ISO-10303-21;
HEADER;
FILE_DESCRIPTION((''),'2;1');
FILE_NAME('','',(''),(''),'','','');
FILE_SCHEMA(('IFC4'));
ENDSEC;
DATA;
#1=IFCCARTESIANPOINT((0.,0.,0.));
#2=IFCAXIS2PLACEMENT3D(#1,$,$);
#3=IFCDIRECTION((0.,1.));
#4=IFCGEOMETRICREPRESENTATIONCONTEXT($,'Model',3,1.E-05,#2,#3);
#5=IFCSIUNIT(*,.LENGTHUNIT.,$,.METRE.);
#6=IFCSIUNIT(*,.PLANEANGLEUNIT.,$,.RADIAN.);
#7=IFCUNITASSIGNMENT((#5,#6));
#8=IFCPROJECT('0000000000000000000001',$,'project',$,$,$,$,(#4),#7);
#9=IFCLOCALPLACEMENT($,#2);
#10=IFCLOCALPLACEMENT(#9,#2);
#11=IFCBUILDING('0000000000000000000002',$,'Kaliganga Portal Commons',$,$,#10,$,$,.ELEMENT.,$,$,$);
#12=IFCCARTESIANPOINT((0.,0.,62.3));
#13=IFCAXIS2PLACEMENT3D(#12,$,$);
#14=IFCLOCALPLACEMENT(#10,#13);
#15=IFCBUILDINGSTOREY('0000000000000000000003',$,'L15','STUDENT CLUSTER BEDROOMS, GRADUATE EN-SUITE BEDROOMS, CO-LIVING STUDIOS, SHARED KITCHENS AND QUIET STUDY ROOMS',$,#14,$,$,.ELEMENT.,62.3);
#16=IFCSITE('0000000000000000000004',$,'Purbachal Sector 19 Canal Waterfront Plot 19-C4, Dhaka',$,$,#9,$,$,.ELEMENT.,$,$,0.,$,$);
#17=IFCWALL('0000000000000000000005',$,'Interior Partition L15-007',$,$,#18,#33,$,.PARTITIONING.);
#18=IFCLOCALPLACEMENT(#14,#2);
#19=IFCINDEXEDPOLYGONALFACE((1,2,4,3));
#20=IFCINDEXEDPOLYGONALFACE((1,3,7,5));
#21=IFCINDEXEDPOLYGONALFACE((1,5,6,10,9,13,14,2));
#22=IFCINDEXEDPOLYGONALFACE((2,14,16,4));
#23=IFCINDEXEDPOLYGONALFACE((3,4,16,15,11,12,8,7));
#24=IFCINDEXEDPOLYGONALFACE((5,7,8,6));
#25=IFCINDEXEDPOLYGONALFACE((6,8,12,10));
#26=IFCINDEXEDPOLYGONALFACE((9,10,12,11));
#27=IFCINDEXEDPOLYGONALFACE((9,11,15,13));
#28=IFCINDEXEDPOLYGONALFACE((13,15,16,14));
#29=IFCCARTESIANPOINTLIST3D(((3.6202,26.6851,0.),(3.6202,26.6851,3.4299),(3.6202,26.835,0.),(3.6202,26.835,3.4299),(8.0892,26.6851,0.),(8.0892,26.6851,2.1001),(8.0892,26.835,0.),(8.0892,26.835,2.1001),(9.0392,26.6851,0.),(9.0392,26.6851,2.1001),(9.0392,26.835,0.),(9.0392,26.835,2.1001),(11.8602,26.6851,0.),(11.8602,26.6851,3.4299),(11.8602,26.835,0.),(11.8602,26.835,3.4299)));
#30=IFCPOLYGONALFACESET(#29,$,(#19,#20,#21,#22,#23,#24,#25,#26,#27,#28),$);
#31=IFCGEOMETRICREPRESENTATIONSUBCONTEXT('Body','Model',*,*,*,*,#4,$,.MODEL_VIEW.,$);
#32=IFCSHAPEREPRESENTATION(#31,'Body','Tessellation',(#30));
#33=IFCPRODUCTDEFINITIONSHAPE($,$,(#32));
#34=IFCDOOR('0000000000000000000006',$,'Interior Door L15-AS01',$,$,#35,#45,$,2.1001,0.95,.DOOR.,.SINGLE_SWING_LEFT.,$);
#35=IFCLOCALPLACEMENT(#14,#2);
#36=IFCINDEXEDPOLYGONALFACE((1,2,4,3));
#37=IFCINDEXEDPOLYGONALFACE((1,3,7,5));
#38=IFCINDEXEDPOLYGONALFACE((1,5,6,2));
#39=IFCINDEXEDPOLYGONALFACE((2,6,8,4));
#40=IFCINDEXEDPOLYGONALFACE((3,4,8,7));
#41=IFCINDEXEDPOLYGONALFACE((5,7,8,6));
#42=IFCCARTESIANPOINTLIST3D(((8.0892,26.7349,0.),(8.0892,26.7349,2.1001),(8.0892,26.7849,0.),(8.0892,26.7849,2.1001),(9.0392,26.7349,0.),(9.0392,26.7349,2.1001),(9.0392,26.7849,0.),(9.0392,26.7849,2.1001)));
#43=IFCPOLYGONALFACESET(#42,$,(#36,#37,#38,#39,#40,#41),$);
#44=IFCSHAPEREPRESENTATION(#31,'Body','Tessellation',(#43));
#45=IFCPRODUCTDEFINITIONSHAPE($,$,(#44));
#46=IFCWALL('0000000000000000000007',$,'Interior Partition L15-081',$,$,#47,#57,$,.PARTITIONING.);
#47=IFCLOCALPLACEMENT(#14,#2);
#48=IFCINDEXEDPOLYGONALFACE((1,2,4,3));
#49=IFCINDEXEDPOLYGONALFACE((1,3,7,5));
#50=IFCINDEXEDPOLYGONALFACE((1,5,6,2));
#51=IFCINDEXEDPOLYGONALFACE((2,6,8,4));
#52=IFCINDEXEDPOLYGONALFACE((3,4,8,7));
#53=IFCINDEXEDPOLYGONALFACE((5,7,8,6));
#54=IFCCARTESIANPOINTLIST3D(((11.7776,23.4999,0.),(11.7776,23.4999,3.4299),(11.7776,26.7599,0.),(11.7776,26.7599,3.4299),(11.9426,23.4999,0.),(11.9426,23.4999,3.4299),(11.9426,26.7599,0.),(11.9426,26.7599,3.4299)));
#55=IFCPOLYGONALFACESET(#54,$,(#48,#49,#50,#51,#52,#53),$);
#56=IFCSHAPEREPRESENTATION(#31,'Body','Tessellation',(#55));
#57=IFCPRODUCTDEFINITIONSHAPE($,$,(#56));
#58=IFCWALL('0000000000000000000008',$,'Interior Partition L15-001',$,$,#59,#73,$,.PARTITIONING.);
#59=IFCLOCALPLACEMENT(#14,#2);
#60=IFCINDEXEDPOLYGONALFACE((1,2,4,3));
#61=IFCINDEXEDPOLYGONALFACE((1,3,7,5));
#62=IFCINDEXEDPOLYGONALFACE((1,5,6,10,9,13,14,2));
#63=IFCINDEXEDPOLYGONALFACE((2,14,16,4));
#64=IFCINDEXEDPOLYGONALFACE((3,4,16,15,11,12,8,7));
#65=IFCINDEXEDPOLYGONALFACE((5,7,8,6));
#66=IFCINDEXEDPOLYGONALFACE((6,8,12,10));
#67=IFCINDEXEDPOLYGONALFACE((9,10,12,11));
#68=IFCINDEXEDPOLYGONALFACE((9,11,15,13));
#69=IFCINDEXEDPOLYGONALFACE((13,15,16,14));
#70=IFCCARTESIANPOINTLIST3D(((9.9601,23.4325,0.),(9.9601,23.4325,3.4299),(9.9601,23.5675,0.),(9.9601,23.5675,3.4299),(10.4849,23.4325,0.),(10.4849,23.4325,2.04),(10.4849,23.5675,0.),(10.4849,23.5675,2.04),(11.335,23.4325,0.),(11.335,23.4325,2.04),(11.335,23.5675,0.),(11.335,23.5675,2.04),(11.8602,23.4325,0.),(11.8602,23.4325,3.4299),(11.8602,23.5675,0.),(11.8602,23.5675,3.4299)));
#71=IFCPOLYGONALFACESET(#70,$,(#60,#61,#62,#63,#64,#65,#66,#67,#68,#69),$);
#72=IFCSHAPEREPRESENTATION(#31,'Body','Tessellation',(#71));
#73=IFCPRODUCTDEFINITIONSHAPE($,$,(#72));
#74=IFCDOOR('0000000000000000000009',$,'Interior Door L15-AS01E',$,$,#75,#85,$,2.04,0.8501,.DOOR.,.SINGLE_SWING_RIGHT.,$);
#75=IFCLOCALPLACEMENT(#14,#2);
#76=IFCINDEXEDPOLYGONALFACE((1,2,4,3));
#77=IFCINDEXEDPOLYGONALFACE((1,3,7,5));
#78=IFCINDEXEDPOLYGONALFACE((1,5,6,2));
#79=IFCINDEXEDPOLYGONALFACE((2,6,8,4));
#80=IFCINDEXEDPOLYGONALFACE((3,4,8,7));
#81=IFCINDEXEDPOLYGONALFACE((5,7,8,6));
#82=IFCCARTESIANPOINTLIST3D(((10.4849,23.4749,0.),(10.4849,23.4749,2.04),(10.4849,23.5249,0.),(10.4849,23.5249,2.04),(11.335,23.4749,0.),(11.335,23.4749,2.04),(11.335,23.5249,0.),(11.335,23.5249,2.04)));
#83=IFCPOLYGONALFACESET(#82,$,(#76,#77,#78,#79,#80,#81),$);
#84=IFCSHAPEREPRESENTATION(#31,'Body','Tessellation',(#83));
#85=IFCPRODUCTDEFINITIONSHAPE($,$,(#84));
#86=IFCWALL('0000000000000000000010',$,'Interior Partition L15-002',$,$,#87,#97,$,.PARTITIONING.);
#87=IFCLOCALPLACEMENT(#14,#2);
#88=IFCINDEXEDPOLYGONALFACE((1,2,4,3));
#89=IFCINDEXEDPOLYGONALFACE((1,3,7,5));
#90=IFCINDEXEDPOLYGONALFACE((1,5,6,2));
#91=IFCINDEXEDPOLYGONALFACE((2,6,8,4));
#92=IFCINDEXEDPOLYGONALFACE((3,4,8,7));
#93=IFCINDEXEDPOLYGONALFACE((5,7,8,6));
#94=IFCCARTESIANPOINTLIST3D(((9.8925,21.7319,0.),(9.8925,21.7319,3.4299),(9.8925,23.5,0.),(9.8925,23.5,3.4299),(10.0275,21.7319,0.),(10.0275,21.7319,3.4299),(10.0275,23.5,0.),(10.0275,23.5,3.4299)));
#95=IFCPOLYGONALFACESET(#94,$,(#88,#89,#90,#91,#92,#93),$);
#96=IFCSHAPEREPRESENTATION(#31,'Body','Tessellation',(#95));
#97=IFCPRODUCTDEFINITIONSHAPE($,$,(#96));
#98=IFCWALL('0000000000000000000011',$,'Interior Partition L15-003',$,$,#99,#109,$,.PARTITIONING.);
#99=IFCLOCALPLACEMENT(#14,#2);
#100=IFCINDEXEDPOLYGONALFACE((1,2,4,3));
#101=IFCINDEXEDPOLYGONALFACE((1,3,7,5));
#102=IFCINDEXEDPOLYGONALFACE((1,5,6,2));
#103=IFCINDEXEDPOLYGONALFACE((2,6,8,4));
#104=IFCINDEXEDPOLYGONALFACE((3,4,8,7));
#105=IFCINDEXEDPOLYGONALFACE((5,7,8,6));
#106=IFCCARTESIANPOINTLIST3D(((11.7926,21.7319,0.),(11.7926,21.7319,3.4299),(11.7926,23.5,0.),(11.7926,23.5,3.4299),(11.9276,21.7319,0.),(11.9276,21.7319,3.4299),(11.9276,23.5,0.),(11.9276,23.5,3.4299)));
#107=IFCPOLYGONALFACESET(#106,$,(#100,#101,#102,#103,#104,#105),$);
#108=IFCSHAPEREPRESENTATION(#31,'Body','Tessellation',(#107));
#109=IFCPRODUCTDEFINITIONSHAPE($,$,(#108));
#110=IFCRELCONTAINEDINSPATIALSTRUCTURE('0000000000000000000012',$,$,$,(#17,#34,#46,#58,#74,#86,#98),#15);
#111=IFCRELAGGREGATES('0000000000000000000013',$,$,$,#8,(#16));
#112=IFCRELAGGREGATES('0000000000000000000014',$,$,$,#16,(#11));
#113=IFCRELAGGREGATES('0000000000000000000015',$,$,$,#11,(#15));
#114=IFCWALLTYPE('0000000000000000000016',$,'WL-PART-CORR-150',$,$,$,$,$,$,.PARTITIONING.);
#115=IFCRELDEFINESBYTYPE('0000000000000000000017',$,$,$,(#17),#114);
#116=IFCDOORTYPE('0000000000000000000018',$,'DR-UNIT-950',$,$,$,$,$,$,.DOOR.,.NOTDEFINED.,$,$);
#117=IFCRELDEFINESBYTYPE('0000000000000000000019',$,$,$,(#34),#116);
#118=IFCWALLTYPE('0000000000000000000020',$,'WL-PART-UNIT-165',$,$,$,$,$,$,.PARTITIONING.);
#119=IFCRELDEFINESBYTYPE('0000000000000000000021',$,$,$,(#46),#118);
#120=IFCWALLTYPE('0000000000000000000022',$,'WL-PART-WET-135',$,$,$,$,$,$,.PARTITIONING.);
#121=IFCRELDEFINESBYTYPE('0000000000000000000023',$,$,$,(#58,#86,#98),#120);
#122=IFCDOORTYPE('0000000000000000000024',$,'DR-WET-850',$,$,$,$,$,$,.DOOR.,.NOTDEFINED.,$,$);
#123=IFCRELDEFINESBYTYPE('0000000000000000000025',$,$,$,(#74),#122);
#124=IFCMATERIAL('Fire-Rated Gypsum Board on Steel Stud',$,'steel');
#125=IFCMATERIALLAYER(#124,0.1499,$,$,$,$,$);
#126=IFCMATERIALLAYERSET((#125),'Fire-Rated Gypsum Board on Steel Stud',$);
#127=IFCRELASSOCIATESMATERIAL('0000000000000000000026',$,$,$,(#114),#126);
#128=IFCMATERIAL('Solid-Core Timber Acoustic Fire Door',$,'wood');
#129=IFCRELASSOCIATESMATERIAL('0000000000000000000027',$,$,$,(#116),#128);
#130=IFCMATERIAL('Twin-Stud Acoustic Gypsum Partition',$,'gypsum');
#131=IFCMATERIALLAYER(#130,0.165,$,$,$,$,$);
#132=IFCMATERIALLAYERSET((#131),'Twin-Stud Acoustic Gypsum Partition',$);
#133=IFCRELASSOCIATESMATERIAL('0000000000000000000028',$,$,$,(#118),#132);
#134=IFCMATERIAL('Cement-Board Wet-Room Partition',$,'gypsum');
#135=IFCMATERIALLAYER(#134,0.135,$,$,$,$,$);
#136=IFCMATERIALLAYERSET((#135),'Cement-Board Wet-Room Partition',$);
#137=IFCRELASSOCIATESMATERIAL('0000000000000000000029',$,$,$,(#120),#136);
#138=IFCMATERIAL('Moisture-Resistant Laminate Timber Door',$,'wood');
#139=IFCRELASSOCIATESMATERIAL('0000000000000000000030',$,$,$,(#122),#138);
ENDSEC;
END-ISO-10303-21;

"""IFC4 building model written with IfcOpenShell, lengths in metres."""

from ifc_helpers import new_model, si_unit, direction, frame, frame_2d, origin, place, context, subcontext, project, spatial, rectangle, extrude, material, layer, layer_set, type_object, element, fill, save


model = new_model("IFC4")

# Units and contexts
model_context = context("Model", 3, precision=1e-05, world=origin(), true_north=direction((0.0, 1.0)))
body_context = subcontext(model_context, "Body", "Model", "MODEL_VIEW")
ifc_project = project(units=[si_unit("LENGTHUNIT", "METRE"), si_unit("PLANEANGLEUNIT", "RADIAN")], contexts=[model_context])

# Site, building, storey
site_placement = place(None, origin())
site = spatial("IfcSite", under=ifc_project, at=site_placement, Name="Purbachal Sector 19 Canal Waterfront Plot 19-C4, Dhaka", CompositionType="ELEMENT", RefElevation=0.0)
building_placement = place(site_placement, origin())
building = spatial("IfcBuilding", under=site, at=building_placement, Name="Kaliganga Portal Commons", CompositionType="ELEMENT")
storey_placement = place(building_placement, frame((0.0, 0.0, 62.3)))
storey = spatial("IfcBuildingStorey", under=building, at=storey_placement, Name="L15", Description="STUDENT CLUSTER BEDROOMS, GRADUATE EN-SUITE BEDROOMS, CO-LIVING STUDIOS, SHARED KITCHENS AND QUIET STUDY ROOMS", CompositionType="ELEMENT", Elevation=62.3)

# Wall, opening, door
ifc_material_1 = material(Name="Fire-Rated Gypsum Board on Steel Stud", Category="steel")
ifc_layer_1 = layer(ifc_material_1, 0.1499)
ifc_layer_set_1 = layer_set([ifc_layer_1], Name="Fire-Rated Gypsum Board on Steel Stud")
wall_type_1 = type_object("IfcWallType", Name="WL-PART-CORR-150", PredefinedType="PARTITIONING", material=ifc_layer_set_1)
wall_1_placement = place(storey_placement, frame((3.6201, 26.76, 0.0), z_axis=(0.0, 0.0, 1.0), x_axis=(1.0, 0.0, 0.0)))
wall_1 = element("IfcWall", 1, at=wall_1_placement, inside=storey, type_object=wall_type_1, Name="Interior Partition L15-007", PredefinedType="PARTITIONING", context=body_context, shape_type="SweptSolid", body=[
    extrude(rectangle(XDim=8.24, YDim=0.1499, at=frame_2d((4.1201, 0.0))), origin(), (0.0, 0.0, 1.0), 3.4299),
])
opening_1_placement = place(wall_1_placement, frame((4.469, 0.0, 0.0)))
opening_1 = element("IfcOpeningElement", 2, at=opening_1_placement, cuts=wall_1, PredefinedType="OPENING", context=body_context, shape_type="SweptSolid", body=[
    extrude(rectangle(XDim=0.95, YDim=2.1001, at=frame_2d((0.4751, 1.05))), frame((0.0, 0.085, 0.0), z_axis=(0.0, -1.0, 0.0), x_axis=(1.0, 0.0, 0.0)), (0.0, 0.0, 1.0), 0.1699),
])
ifc_material_2 = material(Name="Solid-Core Timber Acoustic Fire Door", Category="wood")
door_type_1 = type_object("IfcDoorType", Name="DR-UNIT-950", OperationType="NOTDEFINED", PredefinedType="DOOR", material=ifc_material_2)
door_1_placement = place(opening_1_placement, origin())
door_1 = element("IfcDoor", 3, at=door_1_placement, inside=storey, type_object=door_type_1, Name="Interior Door L15-AS01", OperationType="SINGLE_SWING_LEFT", OverallHeight=2.1001, OverallWidth=0.95, PredefinedType="DOOR", context=body_context, shape_type="SweptSolid", body=[
    extrude(rectangle(XDim=0.95, YDim=2.1001, at=frame_2d((0.4751, 1.05))), frame((0.0, 0.0249, 0.0), z_axis=(0.0, -1.0, 0.0), x_axis=(1.0, 0.0, 0.0)), (0.0, 0.0, 1.0), 0.05),
])
fill(opening_1, door_1)

# Wall
ifc_material_3 = material(Name="Twin-Stud Acoustic Gypsum Partition", Category="gypsum")
ifc_layer_2 = layer(ifc_material_3, 0.165)
ifc_layer_set_2 = layer_set([ifc_layer_2], Name="Twin-Stud Acoustic Gypsum Partition")
wall_type_2 = type_object("IfcWallType", Name="WL-PART-UNIT-165", PredefinedType="PARTITIONING", material=ifc_layer_set_2)
wall_2_placement = place(storey_placement, frame((11.8601, 23.5, 0.0), z_axis=(0.0, 0.0, 1.0), x_axis=(0.0, 1.0, 0.0)))
element("IfcWall", 4, at=wall_2_placement, inside=storey, type_object=wall_type_2, Name="Interior Partition L15-081", PredefinedType="PARTITIONING", context=body_context, shape_type="SweptSolid", body=[
    extrude(rectangle(XDim=3.26, YDim=0.165, at=frame_2d((1.6299, 0.0))), origin(), (0.0, 0.0, 1.0), 3.4299),
])

# Wall, opening, door
ifc_material_4 = material(Name="Cement-Board Wet-Room Partition", Category="gypsum")
ifc_layer_3 = layer(ifc_material_4, 0.135)
ifc_layer_set_3 = layer_set([ifc_layer_3], Name="Cement-Board Wet-Room Partition")
wall_type_3 = type_object("IfcWallType", Name="WL-PART-WET-135", PredefinedType="PARTITIONING", material=ifc_layer_set_3)
wall_3_placement = place(storey_placement, frame((9.96, 23.5, 0.0), z_axis=(0.0, 0.0, 1.0), x_axis=(1.0, 0.0, 0.0)))
wall_3 = element("IfcWall", 5, at=wall_3_placement, inside=storey, type_object=wall_type_3, Name="Interior Partition L15-001", PredefinedType="PARTITIONING", context=body_context, shape_type="SweptSolid", body=[
    extrude(rectangle(XDim=1.9001, YDim=0.135, at=frame_2d((0.9502, 0.0))), origin(), (0.0, 0.0, 1.0), 3.4299),
])
opening_2_placement = place(wall_3_placement, frame((0.5249, 0.0, 0.0)))
opening_2 = element("IfcOpeningElement", 6, at=opening_2_placement, cuts=wall_3, PredefinedType="OPENING", context=body_context, shape_type="SweptSolid", body=[
    extrude(rectangle(XDim=0.8501, YDim=2.04, at=frame_2d((0.425, 1.02))), frame((0.0, 0.0776, 0.0), z_axis=(0.0, -1.0, 0.0), x_axis=(1.0, 0.0, 0.0)), (0.0, 0.0, 1.0), 0.155),
])
ifc_material_5 = material(Name="Moisture-Resistant Laminate Timber Door", Category="wood")
door_type_2 = type_object("IfcDoorType", Name="DR-WET-850", OperationType="NOTDEFINED", PredefinedType="DOOR", material=ifc_material_5)
door_2_placement = place(opening_2_placement, origin())
door_2 = element("IfcDoor", 7, at=door_2_placement, inside=storey, type_object=door_type_2, Name="Interior Door L15-AS01E", OperationType="SINGLE_SWING_RIGHT", OverallHeight=2.04, OverallWidth=0.8501, PredefinedType="DOOR", context=body_context, shape_type="SweptSolid", body=[
    extrude(rectangle(XDim=0.8501, YDim=2.04, at=frame_2d((0.425, 1.02))), frame((0.0, 0.0249, 0.0), z_axis=(0.0, -1.0, 0.0), x_axis=(1.0, 0.0, 0.0)), (0.0, 0.0, 1.0), 0.05),
])
fill(opening_2, door_2)

# Walls
for number, where, z_axis, x_axis, name in (
    (8, (9.96, 21.7319, 0.0), (0.0, 0.0, 1.0), (0.0, 1.0, 0.0), "Interior Partition L15-002"),
    (9, (11.8601, 21.7319, 0.0), (0.0, 0.0, 1.0), (0.0, 1.0, 0.0), "Interior Partition L15-003"),
):
    element("IfcWall", number, at=place(storey_placement, frame(where, z_axis=z_axis, x_axis=x_axis)), inside=storey, type_object=wall_type_3, Name=name, PredefinedType="PARTITIONING", context=body_context, shape_type="SweptSolid", body=[
        extrude(rectangle(XDim=1.7681, YDim=0.135, at=frame_2d((0.884, 0.0))), origin(), (0.0, 0.0, 1.0), 3.4299),
    ])

save(model, "model.ifc")
